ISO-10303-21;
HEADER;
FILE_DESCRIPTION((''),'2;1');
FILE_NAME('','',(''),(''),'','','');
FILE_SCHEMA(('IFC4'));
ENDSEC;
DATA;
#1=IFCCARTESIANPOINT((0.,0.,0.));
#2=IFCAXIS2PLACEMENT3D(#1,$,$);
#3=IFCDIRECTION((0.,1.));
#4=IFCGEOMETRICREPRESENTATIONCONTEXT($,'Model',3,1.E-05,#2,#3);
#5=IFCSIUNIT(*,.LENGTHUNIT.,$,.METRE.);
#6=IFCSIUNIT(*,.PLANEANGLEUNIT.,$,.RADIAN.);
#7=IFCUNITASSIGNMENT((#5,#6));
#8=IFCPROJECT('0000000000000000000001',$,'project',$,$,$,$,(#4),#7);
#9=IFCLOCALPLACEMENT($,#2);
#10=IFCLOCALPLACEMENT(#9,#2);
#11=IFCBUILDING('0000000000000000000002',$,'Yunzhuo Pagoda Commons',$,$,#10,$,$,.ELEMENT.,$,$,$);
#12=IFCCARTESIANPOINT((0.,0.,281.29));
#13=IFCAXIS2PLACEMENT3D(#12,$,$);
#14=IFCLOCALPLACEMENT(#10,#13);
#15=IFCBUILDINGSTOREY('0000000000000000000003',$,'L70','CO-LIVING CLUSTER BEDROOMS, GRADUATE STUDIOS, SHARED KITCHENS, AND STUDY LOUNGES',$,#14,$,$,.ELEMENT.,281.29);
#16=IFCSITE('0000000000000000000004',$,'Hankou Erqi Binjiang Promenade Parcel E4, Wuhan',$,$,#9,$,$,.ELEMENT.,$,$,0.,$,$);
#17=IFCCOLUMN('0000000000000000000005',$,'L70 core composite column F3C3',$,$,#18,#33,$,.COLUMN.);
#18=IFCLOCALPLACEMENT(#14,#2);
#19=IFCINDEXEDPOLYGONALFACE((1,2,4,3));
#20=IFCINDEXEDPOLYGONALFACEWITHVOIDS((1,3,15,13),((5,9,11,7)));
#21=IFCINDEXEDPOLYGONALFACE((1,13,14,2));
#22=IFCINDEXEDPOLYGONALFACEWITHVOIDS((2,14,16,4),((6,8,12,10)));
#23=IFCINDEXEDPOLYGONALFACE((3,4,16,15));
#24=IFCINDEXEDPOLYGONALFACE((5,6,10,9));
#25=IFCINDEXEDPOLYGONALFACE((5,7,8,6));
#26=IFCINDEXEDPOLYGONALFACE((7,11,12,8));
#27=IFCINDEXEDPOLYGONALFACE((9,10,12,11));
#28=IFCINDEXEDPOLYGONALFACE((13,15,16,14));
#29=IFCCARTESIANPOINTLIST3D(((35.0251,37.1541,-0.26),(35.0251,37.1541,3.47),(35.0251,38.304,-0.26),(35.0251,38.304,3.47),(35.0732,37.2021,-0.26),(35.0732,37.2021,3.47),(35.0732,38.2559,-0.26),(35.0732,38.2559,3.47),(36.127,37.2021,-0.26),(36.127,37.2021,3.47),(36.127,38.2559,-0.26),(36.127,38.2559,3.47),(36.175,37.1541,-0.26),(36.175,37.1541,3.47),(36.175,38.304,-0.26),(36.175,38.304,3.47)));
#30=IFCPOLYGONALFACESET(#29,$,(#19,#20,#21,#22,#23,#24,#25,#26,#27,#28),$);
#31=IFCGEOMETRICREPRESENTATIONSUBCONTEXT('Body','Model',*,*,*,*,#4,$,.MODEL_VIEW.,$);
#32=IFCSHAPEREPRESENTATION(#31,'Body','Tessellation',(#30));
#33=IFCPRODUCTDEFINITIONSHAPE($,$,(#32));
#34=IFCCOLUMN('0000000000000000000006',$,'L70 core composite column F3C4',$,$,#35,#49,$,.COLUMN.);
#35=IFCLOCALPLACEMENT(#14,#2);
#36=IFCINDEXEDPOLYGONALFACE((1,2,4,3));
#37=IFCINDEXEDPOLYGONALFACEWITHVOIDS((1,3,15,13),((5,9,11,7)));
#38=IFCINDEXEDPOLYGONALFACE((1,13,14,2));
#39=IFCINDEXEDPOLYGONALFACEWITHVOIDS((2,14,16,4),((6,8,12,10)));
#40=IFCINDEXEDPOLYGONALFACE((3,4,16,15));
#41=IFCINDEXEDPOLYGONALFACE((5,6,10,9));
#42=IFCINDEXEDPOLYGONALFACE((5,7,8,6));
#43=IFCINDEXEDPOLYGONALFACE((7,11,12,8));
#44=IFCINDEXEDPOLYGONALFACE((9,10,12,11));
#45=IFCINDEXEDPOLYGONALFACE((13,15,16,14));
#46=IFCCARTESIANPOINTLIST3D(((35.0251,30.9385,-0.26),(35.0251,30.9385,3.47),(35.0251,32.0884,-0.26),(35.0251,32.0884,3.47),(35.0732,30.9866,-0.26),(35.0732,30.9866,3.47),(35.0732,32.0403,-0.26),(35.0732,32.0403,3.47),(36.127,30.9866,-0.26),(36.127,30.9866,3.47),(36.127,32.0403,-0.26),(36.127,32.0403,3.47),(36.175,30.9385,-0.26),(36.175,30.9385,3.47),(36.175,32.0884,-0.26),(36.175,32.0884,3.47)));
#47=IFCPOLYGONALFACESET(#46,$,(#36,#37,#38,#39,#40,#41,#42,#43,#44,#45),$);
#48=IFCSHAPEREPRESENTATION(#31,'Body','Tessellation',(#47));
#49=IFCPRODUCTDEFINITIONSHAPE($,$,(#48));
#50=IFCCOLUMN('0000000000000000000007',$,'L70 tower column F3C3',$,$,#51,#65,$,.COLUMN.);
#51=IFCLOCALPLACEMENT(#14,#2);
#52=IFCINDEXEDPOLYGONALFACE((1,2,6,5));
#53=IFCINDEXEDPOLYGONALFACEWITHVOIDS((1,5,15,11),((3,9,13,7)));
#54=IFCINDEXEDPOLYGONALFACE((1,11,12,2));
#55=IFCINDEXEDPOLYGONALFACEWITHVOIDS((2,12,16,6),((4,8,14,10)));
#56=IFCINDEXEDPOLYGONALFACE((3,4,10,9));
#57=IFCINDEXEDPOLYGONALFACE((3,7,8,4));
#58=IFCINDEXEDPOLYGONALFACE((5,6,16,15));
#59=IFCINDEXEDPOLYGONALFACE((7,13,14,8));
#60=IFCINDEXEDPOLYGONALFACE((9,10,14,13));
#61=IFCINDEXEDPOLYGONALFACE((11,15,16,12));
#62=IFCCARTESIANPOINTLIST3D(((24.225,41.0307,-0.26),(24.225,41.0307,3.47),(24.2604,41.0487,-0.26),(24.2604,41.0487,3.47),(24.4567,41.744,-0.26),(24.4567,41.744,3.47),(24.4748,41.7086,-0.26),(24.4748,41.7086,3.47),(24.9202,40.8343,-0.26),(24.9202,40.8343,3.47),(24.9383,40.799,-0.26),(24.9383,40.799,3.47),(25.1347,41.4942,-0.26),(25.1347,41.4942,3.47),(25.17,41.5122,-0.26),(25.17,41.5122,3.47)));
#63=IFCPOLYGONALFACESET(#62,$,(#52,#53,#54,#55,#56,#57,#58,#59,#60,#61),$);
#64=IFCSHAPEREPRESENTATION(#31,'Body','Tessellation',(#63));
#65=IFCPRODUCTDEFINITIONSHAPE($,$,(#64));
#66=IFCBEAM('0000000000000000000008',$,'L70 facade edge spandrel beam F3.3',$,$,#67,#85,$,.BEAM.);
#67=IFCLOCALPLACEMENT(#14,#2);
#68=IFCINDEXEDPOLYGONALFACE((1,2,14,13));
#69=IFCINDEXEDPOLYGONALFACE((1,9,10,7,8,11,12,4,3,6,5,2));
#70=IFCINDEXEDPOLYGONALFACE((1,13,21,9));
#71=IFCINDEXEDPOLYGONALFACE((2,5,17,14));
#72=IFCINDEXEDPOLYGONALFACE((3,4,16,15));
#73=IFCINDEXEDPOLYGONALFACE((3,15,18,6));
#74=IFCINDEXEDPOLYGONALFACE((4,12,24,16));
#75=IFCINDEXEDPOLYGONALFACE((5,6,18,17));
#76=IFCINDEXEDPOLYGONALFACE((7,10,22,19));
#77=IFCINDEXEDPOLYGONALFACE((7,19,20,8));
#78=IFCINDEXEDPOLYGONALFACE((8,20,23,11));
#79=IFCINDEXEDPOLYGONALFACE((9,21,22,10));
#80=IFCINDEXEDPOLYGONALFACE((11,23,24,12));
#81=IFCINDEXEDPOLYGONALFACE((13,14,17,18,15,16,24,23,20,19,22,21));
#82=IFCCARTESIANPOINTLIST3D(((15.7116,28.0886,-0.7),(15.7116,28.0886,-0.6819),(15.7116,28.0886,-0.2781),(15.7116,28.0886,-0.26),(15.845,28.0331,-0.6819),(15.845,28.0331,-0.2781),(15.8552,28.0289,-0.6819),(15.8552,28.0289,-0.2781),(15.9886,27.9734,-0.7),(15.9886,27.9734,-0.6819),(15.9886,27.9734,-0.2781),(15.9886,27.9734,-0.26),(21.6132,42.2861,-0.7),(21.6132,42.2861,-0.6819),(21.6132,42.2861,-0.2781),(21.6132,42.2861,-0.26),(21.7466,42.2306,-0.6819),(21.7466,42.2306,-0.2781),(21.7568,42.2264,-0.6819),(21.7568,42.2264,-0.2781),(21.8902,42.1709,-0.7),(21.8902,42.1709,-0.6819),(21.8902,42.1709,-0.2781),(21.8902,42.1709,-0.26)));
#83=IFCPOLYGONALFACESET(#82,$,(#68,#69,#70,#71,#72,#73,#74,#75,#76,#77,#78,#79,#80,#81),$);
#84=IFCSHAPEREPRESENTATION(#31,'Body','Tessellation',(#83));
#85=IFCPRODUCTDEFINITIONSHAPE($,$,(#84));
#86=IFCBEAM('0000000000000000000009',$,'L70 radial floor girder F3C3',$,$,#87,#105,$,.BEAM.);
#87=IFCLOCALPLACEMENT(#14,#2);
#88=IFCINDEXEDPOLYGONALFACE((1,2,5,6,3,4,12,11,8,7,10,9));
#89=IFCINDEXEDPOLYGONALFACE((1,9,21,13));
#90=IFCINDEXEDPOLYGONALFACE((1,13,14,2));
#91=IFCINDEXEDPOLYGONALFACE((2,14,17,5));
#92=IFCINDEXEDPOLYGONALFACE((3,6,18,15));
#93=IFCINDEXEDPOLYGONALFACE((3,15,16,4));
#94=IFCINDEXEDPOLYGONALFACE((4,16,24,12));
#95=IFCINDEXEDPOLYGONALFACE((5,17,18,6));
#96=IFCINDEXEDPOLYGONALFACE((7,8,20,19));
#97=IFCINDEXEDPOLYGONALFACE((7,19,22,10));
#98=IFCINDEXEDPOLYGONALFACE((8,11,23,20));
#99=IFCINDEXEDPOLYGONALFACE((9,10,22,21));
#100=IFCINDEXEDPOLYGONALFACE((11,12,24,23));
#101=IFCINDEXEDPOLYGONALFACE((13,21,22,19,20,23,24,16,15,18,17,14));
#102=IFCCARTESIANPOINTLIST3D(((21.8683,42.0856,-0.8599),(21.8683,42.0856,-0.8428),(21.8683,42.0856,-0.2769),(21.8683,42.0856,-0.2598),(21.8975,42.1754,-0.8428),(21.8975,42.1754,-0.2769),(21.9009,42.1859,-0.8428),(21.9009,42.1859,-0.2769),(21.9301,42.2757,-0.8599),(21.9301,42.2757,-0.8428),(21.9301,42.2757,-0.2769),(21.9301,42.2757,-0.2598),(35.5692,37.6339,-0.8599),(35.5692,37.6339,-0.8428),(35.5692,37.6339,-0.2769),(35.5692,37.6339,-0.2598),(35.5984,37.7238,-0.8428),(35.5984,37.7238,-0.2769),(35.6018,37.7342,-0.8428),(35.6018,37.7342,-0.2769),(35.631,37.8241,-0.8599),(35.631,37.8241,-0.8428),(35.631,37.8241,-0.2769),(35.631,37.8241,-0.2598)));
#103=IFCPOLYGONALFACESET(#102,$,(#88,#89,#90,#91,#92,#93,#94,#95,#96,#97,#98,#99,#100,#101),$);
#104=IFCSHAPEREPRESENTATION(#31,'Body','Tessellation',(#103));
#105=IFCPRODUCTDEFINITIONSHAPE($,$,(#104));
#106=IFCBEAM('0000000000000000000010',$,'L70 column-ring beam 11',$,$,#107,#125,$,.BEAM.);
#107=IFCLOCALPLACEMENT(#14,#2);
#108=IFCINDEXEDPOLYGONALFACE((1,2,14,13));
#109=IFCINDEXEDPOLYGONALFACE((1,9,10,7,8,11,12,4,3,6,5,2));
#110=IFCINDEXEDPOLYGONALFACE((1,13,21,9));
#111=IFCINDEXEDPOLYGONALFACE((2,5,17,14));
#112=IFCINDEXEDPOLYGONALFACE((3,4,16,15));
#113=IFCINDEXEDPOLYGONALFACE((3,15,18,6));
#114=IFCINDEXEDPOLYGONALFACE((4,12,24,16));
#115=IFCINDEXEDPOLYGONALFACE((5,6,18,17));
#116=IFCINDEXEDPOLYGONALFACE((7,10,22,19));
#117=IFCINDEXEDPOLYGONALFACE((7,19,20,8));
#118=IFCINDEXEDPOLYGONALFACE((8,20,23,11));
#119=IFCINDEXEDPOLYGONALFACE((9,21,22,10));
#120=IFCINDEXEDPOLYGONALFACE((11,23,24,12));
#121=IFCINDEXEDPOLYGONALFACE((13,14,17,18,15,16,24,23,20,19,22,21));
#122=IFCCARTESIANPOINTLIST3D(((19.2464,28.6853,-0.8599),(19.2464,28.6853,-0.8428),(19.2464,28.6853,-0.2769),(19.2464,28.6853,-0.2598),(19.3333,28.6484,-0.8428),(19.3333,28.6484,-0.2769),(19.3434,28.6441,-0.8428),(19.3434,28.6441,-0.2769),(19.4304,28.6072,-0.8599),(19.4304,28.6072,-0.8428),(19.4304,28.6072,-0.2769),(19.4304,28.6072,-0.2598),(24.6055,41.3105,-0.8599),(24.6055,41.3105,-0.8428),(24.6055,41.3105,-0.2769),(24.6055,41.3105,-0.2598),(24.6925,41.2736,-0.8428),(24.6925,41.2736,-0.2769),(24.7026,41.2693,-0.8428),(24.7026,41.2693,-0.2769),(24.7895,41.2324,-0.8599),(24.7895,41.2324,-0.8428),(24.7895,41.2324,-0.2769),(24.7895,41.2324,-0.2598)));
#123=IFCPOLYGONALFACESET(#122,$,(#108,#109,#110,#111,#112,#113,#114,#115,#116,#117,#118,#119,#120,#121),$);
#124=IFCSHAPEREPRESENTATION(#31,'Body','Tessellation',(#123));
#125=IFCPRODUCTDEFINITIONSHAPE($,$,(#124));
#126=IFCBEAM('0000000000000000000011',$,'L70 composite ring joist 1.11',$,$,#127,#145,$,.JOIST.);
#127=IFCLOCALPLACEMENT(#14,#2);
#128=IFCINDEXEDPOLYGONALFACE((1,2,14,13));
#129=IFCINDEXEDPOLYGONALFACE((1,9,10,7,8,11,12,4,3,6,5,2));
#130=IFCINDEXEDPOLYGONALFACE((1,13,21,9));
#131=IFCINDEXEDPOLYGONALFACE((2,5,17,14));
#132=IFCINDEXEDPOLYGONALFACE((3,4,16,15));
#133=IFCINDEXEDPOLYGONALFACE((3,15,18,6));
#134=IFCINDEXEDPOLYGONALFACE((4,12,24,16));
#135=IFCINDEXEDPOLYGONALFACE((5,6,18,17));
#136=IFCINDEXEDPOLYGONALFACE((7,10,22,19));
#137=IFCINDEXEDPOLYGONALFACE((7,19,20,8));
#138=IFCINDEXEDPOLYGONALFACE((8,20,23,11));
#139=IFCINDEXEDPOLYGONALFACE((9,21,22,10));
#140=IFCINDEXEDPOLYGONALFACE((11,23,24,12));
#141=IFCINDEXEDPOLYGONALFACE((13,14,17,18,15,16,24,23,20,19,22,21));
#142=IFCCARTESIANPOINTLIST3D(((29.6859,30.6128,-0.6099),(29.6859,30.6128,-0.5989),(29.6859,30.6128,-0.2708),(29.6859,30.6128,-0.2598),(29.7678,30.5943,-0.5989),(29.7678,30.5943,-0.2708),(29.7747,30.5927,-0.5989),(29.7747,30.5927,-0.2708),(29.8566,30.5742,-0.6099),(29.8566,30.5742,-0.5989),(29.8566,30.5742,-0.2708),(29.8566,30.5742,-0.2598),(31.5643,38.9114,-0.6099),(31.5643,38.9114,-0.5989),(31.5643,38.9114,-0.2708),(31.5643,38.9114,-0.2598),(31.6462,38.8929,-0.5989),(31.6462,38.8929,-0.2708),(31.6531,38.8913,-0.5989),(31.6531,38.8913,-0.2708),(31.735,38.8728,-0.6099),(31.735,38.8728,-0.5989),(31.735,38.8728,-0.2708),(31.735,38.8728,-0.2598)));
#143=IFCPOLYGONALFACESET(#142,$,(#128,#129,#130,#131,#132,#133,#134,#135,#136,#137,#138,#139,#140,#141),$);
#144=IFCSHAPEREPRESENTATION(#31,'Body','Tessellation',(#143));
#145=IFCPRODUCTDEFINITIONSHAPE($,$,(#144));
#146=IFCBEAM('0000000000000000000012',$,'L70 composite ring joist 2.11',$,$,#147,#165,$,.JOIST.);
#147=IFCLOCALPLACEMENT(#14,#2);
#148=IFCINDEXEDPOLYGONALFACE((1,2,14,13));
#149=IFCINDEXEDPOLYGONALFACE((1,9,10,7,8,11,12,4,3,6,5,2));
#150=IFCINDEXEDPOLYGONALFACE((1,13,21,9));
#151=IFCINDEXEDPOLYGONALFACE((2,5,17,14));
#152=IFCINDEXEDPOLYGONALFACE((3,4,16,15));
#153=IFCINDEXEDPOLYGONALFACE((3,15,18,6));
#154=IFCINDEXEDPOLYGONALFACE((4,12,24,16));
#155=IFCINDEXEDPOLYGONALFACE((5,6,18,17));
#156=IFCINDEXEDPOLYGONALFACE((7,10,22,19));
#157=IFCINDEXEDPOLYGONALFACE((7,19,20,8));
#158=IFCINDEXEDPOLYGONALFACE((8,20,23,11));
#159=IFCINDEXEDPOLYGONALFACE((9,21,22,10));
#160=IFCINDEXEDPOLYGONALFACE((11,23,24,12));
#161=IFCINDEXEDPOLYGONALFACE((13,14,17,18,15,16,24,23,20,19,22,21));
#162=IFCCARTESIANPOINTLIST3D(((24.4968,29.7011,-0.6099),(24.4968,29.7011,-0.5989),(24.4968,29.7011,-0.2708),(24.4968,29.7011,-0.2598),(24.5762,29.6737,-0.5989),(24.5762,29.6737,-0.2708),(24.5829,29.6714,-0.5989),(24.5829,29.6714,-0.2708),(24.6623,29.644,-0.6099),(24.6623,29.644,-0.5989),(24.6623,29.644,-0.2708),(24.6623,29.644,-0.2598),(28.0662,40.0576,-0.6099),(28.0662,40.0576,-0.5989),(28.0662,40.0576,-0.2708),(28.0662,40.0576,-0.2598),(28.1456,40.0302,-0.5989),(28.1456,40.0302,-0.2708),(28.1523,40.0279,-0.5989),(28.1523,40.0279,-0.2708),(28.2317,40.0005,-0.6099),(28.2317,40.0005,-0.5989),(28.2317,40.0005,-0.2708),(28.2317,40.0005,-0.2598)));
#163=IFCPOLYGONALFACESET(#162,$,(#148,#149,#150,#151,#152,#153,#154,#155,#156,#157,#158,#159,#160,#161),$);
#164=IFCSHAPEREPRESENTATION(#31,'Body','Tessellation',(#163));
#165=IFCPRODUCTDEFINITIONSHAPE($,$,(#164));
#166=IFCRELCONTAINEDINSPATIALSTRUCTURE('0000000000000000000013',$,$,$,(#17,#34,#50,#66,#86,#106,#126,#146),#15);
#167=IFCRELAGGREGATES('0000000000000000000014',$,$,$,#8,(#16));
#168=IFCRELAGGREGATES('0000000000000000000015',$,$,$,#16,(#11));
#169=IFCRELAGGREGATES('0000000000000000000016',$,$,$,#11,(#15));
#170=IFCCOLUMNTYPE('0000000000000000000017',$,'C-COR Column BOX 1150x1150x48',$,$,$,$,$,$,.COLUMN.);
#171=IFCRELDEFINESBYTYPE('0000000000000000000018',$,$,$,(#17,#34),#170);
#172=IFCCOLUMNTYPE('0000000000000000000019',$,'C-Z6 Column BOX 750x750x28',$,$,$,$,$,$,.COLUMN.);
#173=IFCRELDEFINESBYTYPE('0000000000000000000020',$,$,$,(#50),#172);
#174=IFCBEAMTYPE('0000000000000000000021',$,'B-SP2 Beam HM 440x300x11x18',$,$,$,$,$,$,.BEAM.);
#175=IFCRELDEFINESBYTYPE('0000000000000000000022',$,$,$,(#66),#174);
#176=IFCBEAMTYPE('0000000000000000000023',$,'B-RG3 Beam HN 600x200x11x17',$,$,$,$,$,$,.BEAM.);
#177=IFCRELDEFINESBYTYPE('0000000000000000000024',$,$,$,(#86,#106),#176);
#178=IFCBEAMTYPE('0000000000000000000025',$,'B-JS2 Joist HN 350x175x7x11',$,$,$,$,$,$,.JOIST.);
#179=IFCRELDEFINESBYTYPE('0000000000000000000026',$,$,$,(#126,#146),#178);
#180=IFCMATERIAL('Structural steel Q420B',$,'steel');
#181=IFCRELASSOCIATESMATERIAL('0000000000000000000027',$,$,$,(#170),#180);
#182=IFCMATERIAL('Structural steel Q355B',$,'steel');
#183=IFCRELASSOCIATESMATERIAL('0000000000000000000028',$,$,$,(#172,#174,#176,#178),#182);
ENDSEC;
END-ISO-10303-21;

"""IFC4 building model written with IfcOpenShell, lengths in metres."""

from ifc_helpers import new_model, si_unit, direction, frame, origin, origin_2d, place, context, subcontext, project, spatial, hollow_rectangle, i_section, extrude, source, transform, mapped, material, material_profile, profile_set, type_object, element, save


model = new_model("IFC4")

# Units and contexts
model_context = context("Model", 3, precision=1e-05, world=origin(), true_north=direction((0.0, 1.0)))
body_context = subcontext(model_context, "Body", "Model", "MODEL_VIEW")
ifc_project = project(units=[si_unit("LENGTHUNIT", "METRE"), si_unit("PLANEANGLEUNIT", "RADIAN")], contexts=[model_context])

# Site, building, storey
site_placement = place(None, origin())
site = spatial("IfcSite", under=ifc_project, at=site_placement, Name="Hankou Erqi Binjiang Promenade Parcel E4, Wuhan", CompositionType="ELEMENT", RefElevation=0.0)
building_placement = place(site_placement, origin())
building = spatial("IfcBuilding", under=site, at=building_placement, Name="Yunzhuo Pagoda Commons", CompositionType="ELEMENT")
storey_placement = place(building_placement, frame((0.0, 0.0, 281.29)))
storey = spatial("IfcBuildingStorey", under=building, at=storey_placement, Name="L70", Description="CO-LIVING CLUSTER BEDROOMS, GRADUATE STUDIOS, SHARED KITCHENS, AND STUDY LOUNGES", CompositionType="ELEMENT", Elevation=281.29)

# Columns
ifc_material_1 = material(Name="Structural steel Q420B", Category="steel")
ifc_material_profile_1 = material_profile(ifc_material_1, hollow_rectangle(XDim=1.1499, YDim=1.1499, WallThickness=0.0481, at=origin_2d()), Name="Structural steel Q420B")
ifc_profile_set_1 = profile_set([ifc_material_profile_1], Name="Structural steel Q420B")
column_type_1 = type_object("IfcColumnType", Name="C-COR Column BOX 1150x1150x48", PredefinedType="COLUMN", material=ifc_profile_set_1)
shared_shape_1 = source(origin(), body_context, "Body", "SweptSolid", [
    extrude(hollow_rectangle(XDim=1.1499, YDim=1.1499, WallThickness=0.0481, at=origin_2d()), origin(), (0.0, 0.0, 1.0), 3.73),
])
for number, where, z_axis, x_axis, name in (
    (1, (35.6001, 37.729, -0.26), (0.0, 0.0, 1.0), (1.0, 0.0, 0.0), "L70 core composite column F3C3"),
    (2, (35.6001, 31.5134, -0.26), (0.0, 0.0, 1.0), (1.0, 0.0, 0.0), "L70 core composite column F3C4"),
):
    element("IfcColumn", number, at=place(storey_placement, frame(where, z_axis=z_axis, x_axis=x_axis)), inside=storey, type_object=column_type_1, Name=name, PredefinedType="COLUMN", context=body_context, shape_type="MappedRepresentation", body=[
        mapped(shared_shape_1, transform((0.0, 0.0, 0.0), scale=1.0)),
    ])
ifc_material_2 = material(Name="Structural steel Q355B", Category="steel")
ifc_material_profile_2 = material_profile(ifc_material_2, hollow_rectangle(XDim=0.75, YDim=0.75, WallThickness=0.0281, at=origin_2d()), Name="Structural steel Q355B")
ifc_profile_set_2 = profile_set([ifc_material_profile_2], Name="Structural steel Q355B")
column_type_2 = type_object("IfcColumnType", Name="C-Z6 Column BOX 750x750x28", PredefinedType="COLUMN", material=ifc_profile_set_2)
shared_shape_2 = source(origin(), body_context, "Body", "SweptSolid", [
    extrude(hollow_rectangle(XDim=0.75, YDim=0.75, WallThickness=0.0281, at=origin_2d()), origin(), (0.0, 0.0, 1.0), 3.73),
])
column_placement = place(storey_placement, frame((24.6975, 41.2715, -0.26), z_axis=(0.0, 0.0, 1.0), x_axis=(-0.309017, -0.951057, 0.0)))
element("IfcColumn", 3, at=column_placement, inside=storey, type_object=column_type_2, Name="L70 tower column F3C3", PredefinedType="COLUMN", context=body_context, shape_type="MappedRepresentation", body=[
    mapped(shared_shape_2, transform((0.0, 0.0, 0.0), scale=1.0)),
])

# Beams
ifc_material_profile_3 = material_profile(ifc_material_2, i_section(OverallWidth=0.3, OverallDepth=0.4399, WebThickness=0.011, FlangeThickness=0.0181, at=origin_2d()), Name="Structural steel Q355B")
ifc_profile_set_3 = profile_set([ifc_material_profile_3], Name="Structural steel Q355B")
beam_type_1 = type_object("IfcBeamType", Name="B-SP2 Beam HM 440x300x11x18", PredefinedType="BEAM", material=ifc_profile_set_3)
shared_shape_3 = source(origin(), body_context, "Body", "SweptSolid", [
    extrude(i_section(OverallWidth=0.3, OverallDepth=0.4399, WebThickness=0.011, FlangeThickness=0.0181, at=origin_2d()), origin(), (0.0, 0.0, 1.0), 15.3752),
])
beam_1_placement = place(storey_placement, frame((21.7517, 42.2285, -0.48), z_axis=(-0.383838, -0.9234, 0.0), x_axis=(0.9234, -0.383838, 0.0)))
element("IfcBeam", 4, at=beam_1_placement, inside=storey, type_object=beam_type_1, Name="L70 facade edge spandrel beam F3.3", PredefinedType="BEAM", context=body_context, shape_type="MappedRepresentation", body=[
    mapped(shared_shape_3, transform((0.0, 0.0, 0.0), scale=1.0)),
])
ifc_material_profile_4 = material_profile(ifc_material_2, i_section(OverallWidth=0.2, OverallDepth=0.6001, WebThickness=0.011, FlangeThickness=0.0171, at=origin_2d()), Name="Structural steel Q355B")
ifc_profile_set_4 = profile_set([ifc_material_profile_4], Name="Structural steel Q355B")
beam_type_2 = type_object("IfcBeamType", Name="B-RG3 Beam HN 600x200x11x17", PredefinedType="BEAM", material=ifc_profile_set_4)
shared_shape_4 = source(origin(), body_context, "Body", "SweptSolid", [
    extrude(i_section(OverallWidth=0.2, OverallDepth=0.6001, WebThickness=0.011, FlangeThickness=0.0171, at=origin_2d()), origin(), (0.0, 0.0, 1.0), 14.406),
])
beam_2_placement = place(storey_placement, frame((21.8992, 42.1807, -0.5598), z_axis=(0.951057, -0.309014, 0.0), x_axis=(0.309014, 0.951057, 0.0)))
element("IfcBeam", 5, at=beam_2_placement, inside=storey, type_object=beam_type_2, Name="L70 radial floor girder F3C3", PredefinedType="BEAM", context=body_context, shape_type="MappedRepresentation", body=[
    mapped(shared_shape_4, transform((0.0, 0.0, 0.0), scale=1.0)),
])
shared_shape_5 = source(origin(), body_context, "Body", "SweptSolid", [
    extrude(i_section(OverallWidth=0.2, OverallDepth=0.6001, WebThickness=0.011, FlangeThickness=0.0171, at=origin_2d()), origin(), (0.0, 0.0, 1.0), 13.7156),
])
beam_3_placement = place(storey_placement, frame((24.6975, 41.2715, -0.5598), z_axis=(-0.390733, -0.920504, 0.0), x_axis=(0.920504, -0.390733, 0.0)))
element("IfcBeam", 6, at=beam_3_placement, inside=storey, type_object=beam_type_2, Name="L70 column-ring beam 11", PredefinedType="BEAM", context=body_context, shape_type="MappedRepresentation", body=[
    mapped(shared_shape_5, transform((0.0, 0.0, 0.0), scale=1.0)),
])
ifc_material_profile_5 = material_profile(ifc_material_2, i_section(OverallWidth=0.175, OverallDepth=0.3501, WebThickness=0.0071, FlangeThickness=0.011, at=origin_2d()), Name="Structural steel Q355B")
ifc_profile_set_5 = profile_set([ifc_material_profile_5], Name="Structural steel Q355B")
beam_type_3 = type_object("IfcBeamType", Name="B-JS2 Joist HN 350x175x7x11", PredefinedType="JOIST", material=ifc_profile_set_5)
shared_shape_6 = source(origin(), body_context, "Body", "SweptSolid", [
    extrude(i_section(OverallWidth=0.175, OverallDepth=0.3501, WebThickness=0.0071, FlangeThickness=0.011, at=origin_2d()), origin(), (0.0, 0.0, 1.0), 8.5085),
])
beam_4_placement = place(storey_placement, frame((31.6497, 38.8921, -0.4348), z_axis=(-0.220769, -0.975326, 0.0), x_axis=(0.975326, -0.220769, 0.0)))
element("IfcBeam", 7, at=beam_4_placement, inside=storey, type_object=beam_type_3, Name="L70 composite ring joist 1.11", PredefinedType="JOIST", context=body_context, shape_type="MappedRepresentation", body=[
    mapped(shared_shape_6, transform((0.0, 0.0, 0.0), scale=1.0)),
])
shared_shape_7 = source(origin(), body_context, "Body", "SweptSolid", [
    extrude(i_section(OverallWidth=0.175, OverallDepth=0.3501, WebThickness=0.0071, FlangeThickness=0.011, at=origin_2d()), origin(), (0.0, 0.0, 1.0), 10.9543),
])
beam_5_placement = place(storey_placement, frame((28.1489, 40.0291, -0.4348), z_axis=(-0.32584, -0.945425, 0.0), x_axis=(0.945425, -0.32584, 0.0)))
element("IfcBeam", 8, at=beam_5_placement, inside=storey, type_object=beam_type_3, Name="L70 composite ring joist 2.11", PredefinedType="JOIST", context=body_context, shape_type="MappedRepresentation", body=[
    mapped(shared_shape_7, transform((0.0, 0.0, 0.0), scale=1.0)),
])

save(model, "model.ifc")
